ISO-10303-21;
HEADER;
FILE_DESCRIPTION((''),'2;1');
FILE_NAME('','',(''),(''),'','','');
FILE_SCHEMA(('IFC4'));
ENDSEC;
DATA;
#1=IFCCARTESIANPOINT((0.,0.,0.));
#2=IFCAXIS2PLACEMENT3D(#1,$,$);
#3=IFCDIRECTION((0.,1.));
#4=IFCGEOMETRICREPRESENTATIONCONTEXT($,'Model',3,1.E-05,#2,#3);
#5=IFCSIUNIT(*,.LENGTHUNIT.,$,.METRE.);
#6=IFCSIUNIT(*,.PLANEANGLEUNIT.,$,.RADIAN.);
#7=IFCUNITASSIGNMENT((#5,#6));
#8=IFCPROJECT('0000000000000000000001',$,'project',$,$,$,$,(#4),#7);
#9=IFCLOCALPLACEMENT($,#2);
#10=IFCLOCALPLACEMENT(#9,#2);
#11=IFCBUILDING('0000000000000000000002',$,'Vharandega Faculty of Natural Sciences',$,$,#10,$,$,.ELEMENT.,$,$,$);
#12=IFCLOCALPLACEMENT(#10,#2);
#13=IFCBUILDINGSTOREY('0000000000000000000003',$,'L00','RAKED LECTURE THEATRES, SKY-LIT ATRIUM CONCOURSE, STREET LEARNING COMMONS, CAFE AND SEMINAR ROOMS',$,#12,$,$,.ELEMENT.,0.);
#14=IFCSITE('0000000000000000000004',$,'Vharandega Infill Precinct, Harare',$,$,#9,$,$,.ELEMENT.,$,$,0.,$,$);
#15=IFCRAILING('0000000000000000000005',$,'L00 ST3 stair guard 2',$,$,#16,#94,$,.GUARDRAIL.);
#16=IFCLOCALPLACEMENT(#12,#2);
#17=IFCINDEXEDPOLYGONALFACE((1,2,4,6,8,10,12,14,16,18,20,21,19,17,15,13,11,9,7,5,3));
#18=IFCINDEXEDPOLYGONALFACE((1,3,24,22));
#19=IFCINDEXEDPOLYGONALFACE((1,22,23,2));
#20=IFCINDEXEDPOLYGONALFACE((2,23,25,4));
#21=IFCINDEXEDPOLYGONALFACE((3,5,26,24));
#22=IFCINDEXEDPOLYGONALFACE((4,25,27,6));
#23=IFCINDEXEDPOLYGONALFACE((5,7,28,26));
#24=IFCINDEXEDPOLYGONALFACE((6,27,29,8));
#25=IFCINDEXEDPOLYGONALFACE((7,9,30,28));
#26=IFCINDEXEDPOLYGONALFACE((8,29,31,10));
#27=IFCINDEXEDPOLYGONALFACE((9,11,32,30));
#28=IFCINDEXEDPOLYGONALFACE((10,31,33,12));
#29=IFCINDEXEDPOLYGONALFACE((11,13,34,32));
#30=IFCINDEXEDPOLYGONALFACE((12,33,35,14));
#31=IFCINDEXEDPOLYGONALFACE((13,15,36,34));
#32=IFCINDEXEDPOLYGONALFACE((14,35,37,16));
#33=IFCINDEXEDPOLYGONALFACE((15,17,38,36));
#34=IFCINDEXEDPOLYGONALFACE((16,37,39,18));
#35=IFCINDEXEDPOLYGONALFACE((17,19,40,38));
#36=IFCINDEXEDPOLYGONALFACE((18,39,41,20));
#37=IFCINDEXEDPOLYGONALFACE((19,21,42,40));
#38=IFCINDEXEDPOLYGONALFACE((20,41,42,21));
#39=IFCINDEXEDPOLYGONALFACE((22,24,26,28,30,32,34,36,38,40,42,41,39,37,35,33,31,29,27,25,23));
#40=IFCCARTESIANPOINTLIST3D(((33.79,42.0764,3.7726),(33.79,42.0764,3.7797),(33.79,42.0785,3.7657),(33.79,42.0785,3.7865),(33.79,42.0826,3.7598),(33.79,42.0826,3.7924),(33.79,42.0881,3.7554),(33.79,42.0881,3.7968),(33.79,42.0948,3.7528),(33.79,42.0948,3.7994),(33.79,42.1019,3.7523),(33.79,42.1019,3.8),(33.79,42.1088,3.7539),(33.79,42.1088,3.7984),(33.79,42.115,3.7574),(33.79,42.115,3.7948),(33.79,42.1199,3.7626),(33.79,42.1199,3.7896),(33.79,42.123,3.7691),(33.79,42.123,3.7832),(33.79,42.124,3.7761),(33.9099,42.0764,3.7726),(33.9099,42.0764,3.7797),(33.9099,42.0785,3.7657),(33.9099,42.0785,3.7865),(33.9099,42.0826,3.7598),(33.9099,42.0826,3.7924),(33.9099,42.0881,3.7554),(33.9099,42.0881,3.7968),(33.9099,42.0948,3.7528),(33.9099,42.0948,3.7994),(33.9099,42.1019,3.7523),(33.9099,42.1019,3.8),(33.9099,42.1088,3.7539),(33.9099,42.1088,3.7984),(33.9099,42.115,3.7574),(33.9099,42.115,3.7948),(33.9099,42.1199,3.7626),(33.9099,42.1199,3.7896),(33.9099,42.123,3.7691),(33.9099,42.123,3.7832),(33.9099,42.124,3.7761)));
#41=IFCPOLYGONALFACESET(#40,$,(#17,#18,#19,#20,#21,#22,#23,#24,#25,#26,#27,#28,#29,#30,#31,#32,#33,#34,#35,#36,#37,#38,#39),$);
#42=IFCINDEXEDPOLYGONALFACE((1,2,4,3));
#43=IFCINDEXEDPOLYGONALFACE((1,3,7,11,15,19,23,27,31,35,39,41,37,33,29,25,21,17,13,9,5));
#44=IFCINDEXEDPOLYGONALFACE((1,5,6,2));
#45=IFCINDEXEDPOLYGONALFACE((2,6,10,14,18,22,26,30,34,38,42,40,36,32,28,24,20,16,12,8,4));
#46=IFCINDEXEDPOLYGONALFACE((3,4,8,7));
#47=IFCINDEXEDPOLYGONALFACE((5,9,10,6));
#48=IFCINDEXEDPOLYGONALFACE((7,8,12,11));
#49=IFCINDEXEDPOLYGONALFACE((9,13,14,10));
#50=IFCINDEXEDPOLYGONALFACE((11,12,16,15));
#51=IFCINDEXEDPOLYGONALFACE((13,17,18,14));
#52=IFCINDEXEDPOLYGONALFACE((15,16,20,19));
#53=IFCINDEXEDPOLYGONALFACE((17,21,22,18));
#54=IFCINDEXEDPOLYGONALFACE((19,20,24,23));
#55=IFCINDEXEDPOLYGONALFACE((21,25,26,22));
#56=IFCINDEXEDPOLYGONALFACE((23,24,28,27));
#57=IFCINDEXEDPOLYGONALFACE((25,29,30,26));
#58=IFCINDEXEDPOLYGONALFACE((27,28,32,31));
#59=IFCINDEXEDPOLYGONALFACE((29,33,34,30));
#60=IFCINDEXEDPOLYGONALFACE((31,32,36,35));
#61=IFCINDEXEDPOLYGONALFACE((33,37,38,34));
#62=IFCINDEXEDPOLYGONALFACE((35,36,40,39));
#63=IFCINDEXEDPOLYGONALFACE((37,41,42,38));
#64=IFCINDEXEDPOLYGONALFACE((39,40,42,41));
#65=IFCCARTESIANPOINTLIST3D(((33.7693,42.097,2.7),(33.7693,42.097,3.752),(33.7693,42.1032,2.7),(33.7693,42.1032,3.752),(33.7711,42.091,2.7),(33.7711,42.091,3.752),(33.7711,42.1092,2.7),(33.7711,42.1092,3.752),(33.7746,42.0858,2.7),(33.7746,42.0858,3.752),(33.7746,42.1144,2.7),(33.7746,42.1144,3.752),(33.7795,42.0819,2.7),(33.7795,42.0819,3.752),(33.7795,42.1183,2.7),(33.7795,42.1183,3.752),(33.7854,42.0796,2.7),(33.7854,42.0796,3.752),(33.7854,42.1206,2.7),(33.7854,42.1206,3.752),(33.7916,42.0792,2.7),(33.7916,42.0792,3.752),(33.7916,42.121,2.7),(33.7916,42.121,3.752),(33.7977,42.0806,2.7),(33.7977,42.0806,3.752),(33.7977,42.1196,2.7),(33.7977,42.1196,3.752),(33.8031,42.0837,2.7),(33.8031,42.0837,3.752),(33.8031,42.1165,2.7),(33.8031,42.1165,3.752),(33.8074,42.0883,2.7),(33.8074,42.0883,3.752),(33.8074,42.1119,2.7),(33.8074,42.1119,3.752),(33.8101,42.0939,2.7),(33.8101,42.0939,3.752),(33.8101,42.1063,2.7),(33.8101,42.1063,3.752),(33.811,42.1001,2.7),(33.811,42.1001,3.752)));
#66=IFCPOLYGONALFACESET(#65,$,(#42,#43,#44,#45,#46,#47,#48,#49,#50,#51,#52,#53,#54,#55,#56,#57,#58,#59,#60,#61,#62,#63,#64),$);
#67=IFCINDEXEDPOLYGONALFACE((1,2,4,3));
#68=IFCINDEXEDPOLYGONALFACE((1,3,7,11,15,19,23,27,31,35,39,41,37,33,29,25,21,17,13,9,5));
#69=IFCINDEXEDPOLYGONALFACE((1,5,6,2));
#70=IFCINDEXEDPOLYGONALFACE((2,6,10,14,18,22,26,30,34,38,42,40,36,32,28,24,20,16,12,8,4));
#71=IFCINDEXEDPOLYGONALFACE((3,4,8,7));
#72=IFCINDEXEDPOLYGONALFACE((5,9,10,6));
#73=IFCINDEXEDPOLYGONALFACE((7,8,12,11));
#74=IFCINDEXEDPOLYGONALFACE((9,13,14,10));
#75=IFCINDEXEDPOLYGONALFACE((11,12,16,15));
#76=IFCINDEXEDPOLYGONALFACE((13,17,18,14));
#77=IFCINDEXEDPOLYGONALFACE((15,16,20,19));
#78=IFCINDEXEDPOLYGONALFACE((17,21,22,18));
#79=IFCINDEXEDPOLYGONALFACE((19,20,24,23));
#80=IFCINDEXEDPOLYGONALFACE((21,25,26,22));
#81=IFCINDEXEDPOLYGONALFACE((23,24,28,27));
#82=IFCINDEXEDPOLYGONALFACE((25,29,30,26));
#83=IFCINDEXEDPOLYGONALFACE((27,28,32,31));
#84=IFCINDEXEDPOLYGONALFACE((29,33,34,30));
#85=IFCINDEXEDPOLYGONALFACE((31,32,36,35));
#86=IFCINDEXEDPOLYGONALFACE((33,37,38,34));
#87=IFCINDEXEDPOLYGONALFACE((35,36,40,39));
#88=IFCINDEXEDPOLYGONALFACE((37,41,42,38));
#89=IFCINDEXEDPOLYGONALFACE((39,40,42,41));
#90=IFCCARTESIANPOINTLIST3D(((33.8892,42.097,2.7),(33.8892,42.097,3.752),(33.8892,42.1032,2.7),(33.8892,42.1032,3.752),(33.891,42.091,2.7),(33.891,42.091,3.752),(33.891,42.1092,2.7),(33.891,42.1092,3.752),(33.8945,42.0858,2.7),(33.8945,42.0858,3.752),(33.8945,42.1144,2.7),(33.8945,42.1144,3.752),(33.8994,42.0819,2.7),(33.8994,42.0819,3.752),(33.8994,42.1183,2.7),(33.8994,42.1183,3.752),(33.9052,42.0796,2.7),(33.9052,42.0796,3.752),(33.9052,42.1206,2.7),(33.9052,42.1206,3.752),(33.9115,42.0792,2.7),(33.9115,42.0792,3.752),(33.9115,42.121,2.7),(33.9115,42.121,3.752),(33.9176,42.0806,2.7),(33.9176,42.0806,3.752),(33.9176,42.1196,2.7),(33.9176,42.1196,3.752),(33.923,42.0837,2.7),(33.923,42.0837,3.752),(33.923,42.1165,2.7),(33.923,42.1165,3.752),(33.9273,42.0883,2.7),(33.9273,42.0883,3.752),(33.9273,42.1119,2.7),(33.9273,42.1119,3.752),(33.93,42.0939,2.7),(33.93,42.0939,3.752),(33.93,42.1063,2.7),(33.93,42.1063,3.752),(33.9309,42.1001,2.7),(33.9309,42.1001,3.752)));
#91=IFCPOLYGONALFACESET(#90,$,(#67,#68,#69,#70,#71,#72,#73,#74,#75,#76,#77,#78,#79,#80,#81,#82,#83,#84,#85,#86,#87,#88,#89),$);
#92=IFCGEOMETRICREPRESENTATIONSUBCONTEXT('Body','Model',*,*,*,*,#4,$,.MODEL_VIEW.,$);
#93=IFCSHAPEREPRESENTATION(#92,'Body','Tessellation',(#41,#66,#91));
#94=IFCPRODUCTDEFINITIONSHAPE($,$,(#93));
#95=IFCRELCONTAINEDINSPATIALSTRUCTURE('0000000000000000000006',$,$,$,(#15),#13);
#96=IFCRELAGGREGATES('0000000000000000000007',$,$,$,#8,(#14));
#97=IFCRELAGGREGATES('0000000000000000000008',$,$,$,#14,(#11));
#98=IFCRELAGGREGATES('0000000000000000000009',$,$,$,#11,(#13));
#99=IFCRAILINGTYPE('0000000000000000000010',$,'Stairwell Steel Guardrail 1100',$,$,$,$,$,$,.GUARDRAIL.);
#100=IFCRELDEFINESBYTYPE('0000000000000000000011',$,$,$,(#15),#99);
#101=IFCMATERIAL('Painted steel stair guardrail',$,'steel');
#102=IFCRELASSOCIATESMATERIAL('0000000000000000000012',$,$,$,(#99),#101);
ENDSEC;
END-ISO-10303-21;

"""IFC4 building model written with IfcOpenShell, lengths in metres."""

from ifc_helpers import new_model, si_unit, direction, frame, origin, origin_2d, place, context, subcontext, project, spatial, circle, extrude, material, type_object, element, save


model = new_model("IFC4")

# Units and contexts
model_context = context("Model", 3, precision=1e-05, world=origin(), true_north=direction((0.0, 1.0)))
body_context = subcontext(model_context, "Body", "Model", "MODEL_VIEW")
ifc_project = project(units=[si_unit("LENGTHUNIT", "METRE"), si_unit("PLANEANGLEUNIT", "RADIAN")], contexts=[model_context])

# Site, building, storey
site_placement = place(None, origin())
site = spatial("IfcSite", under=ifc_project, at=site_placement, Name="Vharandega Infill Precinct, Harare", CompositionType="ELEMENT", RefElevation=0.0)
building_placement = place(site_placement, origin())
building = spatial("IfcBuilding", under=site, at=building_placement, Name="Vharandega Faculty of Natural Sciences", CompositionType="ELEMENT")
storey_placement = place(building_placement, origin())
storey = spatial("IfcBuildingStorey", under=building, at=storey_placement, Name="L00", Description="RAKED LECTURE THEATRES, SKY-LIT ATRIUM CONCOURSE, STREET LEARNING COMMONS, CAFE AND SEMINAR ROOMS", CompositionType="ELEMENT", Elevation=0.0)

# Railing
ifc_material_1 = material(Name="Painted steel stair guardrail", Category="steel")
railing_type_1 = type_object("IfcRailingType", Name="Stairwell Steel Guardrail 1100", PredefinedType="GUARDRAIL", material=ifc_material_1)
railing_1_placement = place(storey_placement, frame((33.79, 42.1001, 2.7)))
element("IfcRailing", 1, at=railing_1_placement, inside=storey, type_object=railing_type_1, Name="L00 ST3 stair guard 2", PredefinedType="GUARDRAIL", context=body_context, shape_type="SweptSolid", body=[
    extrude(circle(Radius=0.0239, at=origin_2d()), frame((0.0, 0.0, 1.0762), z_axis=(1.0, 0.0, 0.0), x_axis=(0.0, 1.0, 0.0)), (0.0, 0.0, 1.0), 0.1199),
    extrude(circle(Radius=0.021, at=origin_2d()), origin(), (0.0, 0.0, 1.0), 1.052),
    extrude(circle(Radius=0.021, at=origin_2d()), frame((0.1199, 0.0, 0.0)), (0.0, 0.0, 1.0), 1.052),
])

save(model, "model.ifc")
